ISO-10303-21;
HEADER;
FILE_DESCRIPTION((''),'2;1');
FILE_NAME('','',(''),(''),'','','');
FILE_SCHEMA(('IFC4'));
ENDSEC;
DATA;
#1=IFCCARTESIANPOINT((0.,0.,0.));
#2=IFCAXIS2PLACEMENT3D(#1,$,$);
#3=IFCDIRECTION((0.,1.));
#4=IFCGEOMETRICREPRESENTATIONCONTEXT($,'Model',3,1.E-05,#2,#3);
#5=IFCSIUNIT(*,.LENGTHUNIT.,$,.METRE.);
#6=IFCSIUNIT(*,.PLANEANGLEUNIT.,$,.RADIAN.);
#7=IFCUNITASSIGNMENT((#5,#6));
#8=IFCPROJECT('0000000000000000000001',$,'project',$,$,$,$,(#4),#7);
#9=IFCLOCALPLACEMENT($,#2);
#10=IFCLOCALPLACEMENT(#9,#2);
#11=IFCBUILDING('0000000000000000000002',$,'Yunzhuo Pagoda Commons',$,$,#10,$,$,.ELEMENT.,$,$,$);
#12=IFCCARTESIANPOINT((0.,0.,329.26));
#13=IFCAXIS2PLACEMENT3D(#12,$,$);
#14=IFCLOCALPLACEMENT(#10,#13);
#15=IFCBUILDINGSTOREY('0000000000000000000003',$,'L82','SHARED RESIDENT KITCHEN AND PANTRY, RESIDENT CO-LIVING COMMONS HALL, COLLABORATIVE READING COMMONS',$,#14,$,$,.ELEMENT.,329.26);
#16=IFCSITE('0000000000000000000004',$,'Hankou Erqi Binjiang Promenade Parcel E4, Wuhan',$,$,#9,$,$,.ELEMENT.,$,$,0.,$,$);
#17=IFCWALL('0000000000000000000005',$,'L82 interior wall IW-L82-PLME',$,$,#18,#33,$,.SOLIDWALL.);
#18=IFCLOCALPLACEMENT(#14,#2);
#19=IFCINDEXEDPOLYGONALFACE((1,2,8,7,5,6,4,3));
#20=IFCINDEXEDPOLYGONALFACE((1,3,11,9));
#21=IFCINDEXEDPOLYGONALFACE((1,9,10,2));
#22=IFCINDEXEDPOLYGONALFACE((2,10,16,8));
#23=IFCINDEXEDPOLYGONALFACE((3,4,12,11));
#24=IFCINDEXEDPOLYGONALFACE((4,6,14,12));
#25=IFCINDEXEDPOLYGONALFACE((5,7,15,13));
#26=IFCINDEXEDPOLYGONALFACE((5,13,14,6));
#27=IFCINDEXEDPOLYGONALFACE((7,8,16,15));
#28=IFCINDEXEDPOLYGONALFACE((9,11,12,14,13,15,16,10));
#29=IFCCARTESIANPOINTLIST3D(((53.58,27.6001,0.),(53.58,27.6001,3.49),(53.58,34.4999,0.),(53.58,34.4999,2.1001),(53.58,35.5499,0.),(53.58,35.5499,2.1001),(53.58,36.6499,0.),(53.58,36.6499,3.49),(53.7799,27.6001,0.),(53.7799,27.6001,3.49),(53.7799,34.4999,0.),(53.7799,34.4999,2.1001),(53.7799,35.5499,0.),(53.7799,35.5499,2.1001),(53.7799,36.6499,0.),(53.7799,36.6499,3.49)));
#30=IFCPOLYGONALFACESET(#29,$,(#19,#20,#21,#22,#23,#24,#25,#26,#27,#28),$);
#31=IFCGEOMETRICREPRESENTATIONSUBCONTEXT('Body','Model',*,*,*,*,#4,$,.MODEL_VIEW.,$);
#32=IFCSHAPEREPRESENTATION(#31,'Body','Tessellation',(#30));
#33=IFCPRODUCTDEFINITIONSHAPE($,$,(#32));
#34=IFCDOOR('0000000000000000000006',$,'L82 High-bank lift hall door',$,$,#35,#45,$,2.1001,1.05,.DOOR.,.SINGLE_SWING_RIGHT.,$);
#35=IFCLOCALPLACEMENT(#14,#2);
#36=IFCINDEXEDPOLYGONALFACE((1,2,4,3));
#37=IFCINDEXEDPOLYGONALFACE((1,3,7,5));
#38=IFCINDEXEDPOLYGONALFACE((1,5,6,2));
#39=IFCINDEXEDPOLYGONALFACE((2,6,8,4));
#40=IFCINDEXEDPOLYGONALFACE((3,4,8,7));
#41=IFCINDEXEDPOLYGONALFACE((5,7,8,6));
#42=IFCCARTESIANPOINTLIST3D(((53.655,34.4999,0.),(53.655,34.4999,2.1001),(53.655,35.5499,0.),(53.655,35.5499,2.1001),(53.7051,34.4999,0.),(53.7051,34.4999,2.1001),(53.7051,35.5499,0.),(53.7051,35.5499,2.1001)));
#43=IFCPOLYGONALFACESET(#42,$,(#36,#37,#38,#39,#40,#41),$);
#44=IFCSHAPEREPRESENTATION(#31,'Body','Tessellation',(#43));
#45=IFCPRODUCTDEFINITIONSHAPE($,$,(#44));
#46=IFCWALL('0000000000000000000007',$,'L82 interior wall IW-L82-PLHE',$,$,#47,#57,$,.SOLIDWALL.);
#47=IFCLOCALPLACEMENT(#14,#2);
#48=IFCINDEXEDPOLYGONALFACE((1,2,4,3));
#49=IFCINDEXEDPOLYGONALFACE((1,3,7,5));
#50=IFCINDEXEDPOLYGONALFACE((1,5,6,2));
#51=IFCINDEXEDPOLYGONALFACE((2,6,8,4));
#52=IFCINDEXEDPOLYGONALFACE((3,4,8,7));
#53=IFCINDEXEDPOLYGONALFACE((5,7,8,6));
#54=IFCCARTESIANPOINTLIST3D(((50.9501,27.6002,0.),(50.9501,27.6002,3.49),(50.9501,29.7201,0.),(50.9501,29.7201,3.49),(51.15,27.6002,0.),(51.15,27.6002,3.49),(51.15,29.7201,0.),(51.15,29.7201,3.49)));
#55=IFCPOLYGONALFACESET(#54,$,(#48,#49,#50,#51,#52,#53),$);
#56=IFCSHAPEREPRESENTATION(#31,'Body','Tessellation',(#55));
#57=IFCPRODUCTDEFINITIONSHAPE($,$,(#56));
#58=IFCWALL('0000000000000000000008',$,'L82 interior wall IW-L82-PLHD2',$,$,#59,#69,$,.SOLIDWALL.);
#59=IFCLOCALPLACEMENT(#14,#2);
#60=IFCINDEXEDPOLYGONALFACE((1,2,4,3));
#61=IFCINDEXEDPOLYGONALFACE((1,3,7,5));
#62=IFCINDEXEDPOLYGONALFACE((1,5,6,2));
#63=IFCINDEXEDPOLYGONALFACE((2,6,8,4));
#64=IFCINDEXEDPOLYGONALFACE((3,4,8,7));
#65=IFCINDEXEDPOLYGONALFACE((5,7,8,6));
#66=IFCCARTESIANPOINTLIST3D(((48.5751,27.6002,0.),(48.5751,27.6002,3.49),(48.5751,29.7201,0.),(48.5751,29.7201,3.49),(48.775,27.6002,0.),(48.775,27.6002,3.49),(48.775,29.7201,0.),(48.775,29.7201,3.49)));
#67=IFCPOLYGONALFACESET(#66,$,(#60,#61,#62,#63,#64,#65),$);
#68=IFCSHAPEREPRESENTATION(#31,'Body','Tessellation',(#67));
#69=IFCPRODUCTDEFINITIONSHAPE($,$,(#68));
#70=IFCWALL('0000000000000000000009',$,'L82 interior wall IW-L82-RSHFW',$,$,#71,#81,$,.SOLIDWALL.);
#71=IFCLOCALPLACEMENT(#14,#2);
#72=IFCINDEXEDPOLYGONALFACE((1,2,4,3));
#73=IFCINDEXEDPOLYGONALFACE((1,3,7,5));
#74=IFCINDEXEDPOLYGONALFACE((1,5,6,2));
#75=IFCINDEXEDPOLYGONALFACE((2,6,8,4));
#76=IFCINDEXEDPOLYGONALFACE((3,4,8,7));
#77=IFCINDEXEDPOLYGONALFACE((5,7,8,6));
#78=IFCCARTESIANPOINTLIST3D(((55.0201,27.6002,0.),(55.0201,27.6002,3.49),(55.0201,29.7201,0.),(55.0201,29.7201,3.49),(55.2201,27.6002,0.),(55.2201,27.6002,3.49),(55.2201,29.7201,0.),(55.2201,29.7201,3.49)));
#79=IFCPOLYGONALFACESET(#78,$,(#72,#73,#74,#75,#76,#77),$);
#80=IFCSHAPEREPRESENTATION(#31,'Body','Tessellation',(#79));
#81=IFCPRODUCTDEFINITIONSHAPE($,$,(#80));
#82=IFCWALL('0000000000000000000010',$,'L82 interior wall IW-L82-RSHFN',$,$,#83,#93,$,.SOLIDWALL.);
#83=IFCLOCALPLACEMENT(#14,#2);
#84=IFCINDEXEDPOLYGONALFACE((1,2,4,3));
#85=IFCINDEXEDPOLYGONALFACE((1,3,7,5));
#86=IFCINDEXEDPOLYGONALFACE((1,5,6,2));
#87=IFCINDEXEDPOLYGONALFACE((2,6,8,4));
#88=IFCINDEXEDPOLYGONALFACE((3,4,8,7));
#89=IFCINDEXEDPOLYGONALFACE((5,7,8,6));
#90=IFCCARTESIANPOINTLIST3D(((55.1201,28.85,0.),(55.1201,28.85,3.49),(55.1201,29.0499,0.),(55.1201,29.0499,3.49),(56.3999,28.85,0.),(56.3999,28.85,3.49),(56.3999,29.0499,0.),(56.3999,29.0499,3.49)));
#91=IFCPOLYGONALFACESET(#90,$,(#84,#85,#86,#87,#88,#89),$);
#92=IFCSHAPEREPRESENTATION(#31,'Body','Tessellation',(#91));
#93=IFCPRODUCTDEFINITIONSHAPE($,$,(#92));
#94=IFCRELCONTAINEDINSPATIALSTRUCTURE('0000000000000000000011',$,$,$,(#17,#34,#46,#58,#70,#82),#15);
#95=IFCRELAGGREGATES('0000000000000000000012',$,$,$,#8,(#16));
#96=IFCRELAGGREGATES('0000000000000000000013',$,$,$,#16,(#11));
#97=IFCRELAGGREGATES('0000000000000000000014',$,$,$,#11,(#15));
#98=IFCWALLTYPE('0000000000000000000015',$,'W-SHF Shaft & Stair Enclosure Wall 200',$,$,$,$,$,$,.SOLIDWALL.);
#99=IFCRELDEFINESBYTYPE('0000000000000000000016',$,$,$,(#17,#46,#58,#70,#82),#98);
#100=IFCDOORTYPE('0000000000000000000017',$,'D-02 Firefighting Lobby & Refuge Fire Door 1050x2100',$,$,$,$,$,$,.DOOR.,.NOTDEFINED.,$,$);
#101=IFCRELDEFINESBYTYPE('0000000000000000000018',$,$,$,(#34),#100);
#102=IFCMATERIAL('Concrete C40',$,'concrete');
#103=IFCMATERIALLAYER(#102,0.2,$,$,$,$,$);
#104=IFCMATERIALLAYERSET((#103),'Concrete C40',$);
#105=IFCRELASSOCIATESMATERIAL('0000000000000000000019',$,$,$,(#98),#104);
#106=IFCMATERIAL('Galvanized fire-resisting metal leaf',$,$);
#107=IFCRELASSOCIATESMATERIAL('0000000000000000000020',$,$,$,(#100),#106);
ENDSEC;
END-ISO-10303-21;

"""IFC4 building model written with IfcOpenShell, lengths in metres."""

from ifc_helpers import new_model, si_unit, direction, frame, frame_2d, origin, origin_with_axes, place, context, subcontext, project, spatial, rectangle, extrude, source, transform, mapped, material, layer, layer_set, type_object, element, fill, save


model = new_model("IFC4")

# Units and contexts
model_context = context("Model", 3, precision=1e-05, world=origin(), true_north=direction((0.0, 1.0)))
body_context = subcontext(model_context, "Body", "Model", "MODEL_VIEW")
ifc_project = project(units=[si_unit("LENGTHUNIT", "METRE"), si_unit("PLANEANGLEUNIT", "RADIAN")], contexts=[model_context])

# Site, building, storey
site_placement = place(None, origin())
site = spatial("IfcSite", under=ifc_project, at=site_placement, Name="Hankou Erqi Binjiang Promenade Parcel E4, Wuhan", CompositionType="ELEMENT", RefElevation=0.0)
building_placement = place(site_placement, origin())
building = spatial("IfcBuilding", under=site, at=building_placement, Name="Yunzhuo Pagoda Commons", CompositionType="ELEMENT")
storey_placement = place(building_placement, frame((0.0, 0.0, 329.26)))
storey = spatial("IfcBuildingStorey", under=building, at=storey_placement, Name="L82", Description="SHARED RESIDENT KITCHEN AND PANTRY, RESIDENT CO-LIVING COMMONS HALL, COLLABORATIVE READING COMMONS", CompositionType="ELEMENT", Elevation=329.26)

# Shared definitions
ifc_material_1 = material(Name="Galvanized fire-resisting metal leaf")

# Wall, opening, door
ifc_material_2 = material(Name="Concrete C40", Category="concrete")
ifc_layer_1 = layer(ifc_material_2, 0.2)
ifc_layer_set_1 = layer_set([ifc_layer_1], Name="Concrete C40")
wall_type_1 = type_object("IfcWallType", Name="W-SHF Shaft & Stair Enclosure Wall 200", PredefinedType="SOLIDWALL", material=ifc_layer_set_1)
wall_1_placement = place(storey_placement, frame((53.6799, 27.6001, 0.0), z_axis=(0.0, 0.0, 1.0), x_axis=(0.0, 1.0, 0.0)))
wall_1 = element("IfcWall", 1, at=wall_1_placement, inside=storey, type_object=wall_type_1, Name="L82 interior wall IW-L82-PLME", PredefinedType="SOLIDWALL", context=body_context, shape_type="SweptSolid", body=[
    extrude(rectangle(XDim=9.0498, YDim=0.2, at=frame_2d((4.5249, 0.0))), origin(), (0.0, 0.0, 1.0), 3.49),
])
opening_1_placement = place(wall_1_placement, frame((6.8999, 0.0, 0.0)))
opening_1 = element("IfcOpeningElement", 2, at=opening_1_placement, cuts=wall_1, PredefinedType="OPENING", context=body_context, shape_type="SweptSolid", body=[
    extrude(rectangle(XDim=1.05, YDim=2.1001, at=frame_2d((0.5249, 1.05))), frame((0.0, 0.1099, 0.0), z_axis=(0.0, -1.0, 0.0), x_axis=(1.0, 0.0, 0.0)), (0.0, 0.0, 1.0), 0.22),
])
door_type_1 = type_object("IfcDoorType", Name="D-02 Firefighting Lobby & Refuge Fire Door 1050x2100", OperationType="NOTDEFINED", PredefinedType="DOOR", material=ifc_material_1)
shared_shape_1 = source(origin(), body_context, "Body", "SweptSolid", [
    extrude(rectangle(XDim=1.05, YDim=2.1001, at=frame_2d((0.5249, 1.05))), frame((0.0, 0.0249, 0.0), z_axis=(0.0, -1.0, 0.0), x_axis=(1.0, 0.0, 0.0)), (0.0, 0.0, 1.0), 0.05),
])
door_1_placement = place(opening_1_placement, origin_with_axes())
door_1 = element("IfcDoor", 3, at=door_1_placement, inside=storey, type_object=door_type_1, Name="L82 High-bank lift hall door", OperationType="SINGLE_SWING_RIGHT", OverallHeight=2.1001, OverallWidth=1.05, PredefinedType="DOOR", context=body_context, shape_type="MappedRepresentation", body=[
    mapped(shared_shape_1, transform((0.0, 0.0, 0.0), scale=1.0)),
])
fill(opening_1, door_1)

# Walls
for number, where, z_axis, x_axis, name in (
    (4, (51.05, 27.6001, 0.0), (0.0, 0.0, 1.0), (0.0, 1.0, 0.0), "L82 interior wall IW-L82-PLHE"),
    (5, (48.675, 27.6001, 0.0), (0.0, 0.0, 1.0), (0.0, 1.0, 0.0), "L82 interior wall IW-L82-PLHD2"),
    (6, (55.1201, 27.6001, 0.0), (0.0, 0.0, 1.0), (0.0, 1.0, 0.0), "L82 interior wall IW-L82-RSHFW"),
):
    element("IfcWall", number, at=place(storey_placement, frame(where, z_axis=z_axis, x_axis=x_axis)), inside=storey, type_object=wall_type_1, Name=name, PredefinedType="SOLIDWALL", context=body_context, shape_type="SweptSolid", body=[
        extrude(rectangle(XDim=2.1199, YDim=0.2, at=frame_2d((1.0601, 0.0))), origin(), (0.0, 0.0, 1.0), 3.49),
    ])
wall_2_placement = place(storey_placement, frame((55.1201, 28.95, 0.0), z_axis=(0.0, 0.0, 1.0), x_axis=(1.0, 0.0, 0.0)))
element("IfcWall", 7, at=wall_2_placement, inside=storey, type_object=wall_type_1, Name="L82 interior wall IW-L82-RSHFN", PredefinedType="SOLIDWALL", context=body_context, shape_type="SweptSolid", body=[
    extrude(rectangle(XDim=1.2798, YDim=0.2, at=frame_2d((0.6399, 0.0))), origin(), (0.0, 0.0, 1.0), 3.49),
])

save(model, "model.ifc")
